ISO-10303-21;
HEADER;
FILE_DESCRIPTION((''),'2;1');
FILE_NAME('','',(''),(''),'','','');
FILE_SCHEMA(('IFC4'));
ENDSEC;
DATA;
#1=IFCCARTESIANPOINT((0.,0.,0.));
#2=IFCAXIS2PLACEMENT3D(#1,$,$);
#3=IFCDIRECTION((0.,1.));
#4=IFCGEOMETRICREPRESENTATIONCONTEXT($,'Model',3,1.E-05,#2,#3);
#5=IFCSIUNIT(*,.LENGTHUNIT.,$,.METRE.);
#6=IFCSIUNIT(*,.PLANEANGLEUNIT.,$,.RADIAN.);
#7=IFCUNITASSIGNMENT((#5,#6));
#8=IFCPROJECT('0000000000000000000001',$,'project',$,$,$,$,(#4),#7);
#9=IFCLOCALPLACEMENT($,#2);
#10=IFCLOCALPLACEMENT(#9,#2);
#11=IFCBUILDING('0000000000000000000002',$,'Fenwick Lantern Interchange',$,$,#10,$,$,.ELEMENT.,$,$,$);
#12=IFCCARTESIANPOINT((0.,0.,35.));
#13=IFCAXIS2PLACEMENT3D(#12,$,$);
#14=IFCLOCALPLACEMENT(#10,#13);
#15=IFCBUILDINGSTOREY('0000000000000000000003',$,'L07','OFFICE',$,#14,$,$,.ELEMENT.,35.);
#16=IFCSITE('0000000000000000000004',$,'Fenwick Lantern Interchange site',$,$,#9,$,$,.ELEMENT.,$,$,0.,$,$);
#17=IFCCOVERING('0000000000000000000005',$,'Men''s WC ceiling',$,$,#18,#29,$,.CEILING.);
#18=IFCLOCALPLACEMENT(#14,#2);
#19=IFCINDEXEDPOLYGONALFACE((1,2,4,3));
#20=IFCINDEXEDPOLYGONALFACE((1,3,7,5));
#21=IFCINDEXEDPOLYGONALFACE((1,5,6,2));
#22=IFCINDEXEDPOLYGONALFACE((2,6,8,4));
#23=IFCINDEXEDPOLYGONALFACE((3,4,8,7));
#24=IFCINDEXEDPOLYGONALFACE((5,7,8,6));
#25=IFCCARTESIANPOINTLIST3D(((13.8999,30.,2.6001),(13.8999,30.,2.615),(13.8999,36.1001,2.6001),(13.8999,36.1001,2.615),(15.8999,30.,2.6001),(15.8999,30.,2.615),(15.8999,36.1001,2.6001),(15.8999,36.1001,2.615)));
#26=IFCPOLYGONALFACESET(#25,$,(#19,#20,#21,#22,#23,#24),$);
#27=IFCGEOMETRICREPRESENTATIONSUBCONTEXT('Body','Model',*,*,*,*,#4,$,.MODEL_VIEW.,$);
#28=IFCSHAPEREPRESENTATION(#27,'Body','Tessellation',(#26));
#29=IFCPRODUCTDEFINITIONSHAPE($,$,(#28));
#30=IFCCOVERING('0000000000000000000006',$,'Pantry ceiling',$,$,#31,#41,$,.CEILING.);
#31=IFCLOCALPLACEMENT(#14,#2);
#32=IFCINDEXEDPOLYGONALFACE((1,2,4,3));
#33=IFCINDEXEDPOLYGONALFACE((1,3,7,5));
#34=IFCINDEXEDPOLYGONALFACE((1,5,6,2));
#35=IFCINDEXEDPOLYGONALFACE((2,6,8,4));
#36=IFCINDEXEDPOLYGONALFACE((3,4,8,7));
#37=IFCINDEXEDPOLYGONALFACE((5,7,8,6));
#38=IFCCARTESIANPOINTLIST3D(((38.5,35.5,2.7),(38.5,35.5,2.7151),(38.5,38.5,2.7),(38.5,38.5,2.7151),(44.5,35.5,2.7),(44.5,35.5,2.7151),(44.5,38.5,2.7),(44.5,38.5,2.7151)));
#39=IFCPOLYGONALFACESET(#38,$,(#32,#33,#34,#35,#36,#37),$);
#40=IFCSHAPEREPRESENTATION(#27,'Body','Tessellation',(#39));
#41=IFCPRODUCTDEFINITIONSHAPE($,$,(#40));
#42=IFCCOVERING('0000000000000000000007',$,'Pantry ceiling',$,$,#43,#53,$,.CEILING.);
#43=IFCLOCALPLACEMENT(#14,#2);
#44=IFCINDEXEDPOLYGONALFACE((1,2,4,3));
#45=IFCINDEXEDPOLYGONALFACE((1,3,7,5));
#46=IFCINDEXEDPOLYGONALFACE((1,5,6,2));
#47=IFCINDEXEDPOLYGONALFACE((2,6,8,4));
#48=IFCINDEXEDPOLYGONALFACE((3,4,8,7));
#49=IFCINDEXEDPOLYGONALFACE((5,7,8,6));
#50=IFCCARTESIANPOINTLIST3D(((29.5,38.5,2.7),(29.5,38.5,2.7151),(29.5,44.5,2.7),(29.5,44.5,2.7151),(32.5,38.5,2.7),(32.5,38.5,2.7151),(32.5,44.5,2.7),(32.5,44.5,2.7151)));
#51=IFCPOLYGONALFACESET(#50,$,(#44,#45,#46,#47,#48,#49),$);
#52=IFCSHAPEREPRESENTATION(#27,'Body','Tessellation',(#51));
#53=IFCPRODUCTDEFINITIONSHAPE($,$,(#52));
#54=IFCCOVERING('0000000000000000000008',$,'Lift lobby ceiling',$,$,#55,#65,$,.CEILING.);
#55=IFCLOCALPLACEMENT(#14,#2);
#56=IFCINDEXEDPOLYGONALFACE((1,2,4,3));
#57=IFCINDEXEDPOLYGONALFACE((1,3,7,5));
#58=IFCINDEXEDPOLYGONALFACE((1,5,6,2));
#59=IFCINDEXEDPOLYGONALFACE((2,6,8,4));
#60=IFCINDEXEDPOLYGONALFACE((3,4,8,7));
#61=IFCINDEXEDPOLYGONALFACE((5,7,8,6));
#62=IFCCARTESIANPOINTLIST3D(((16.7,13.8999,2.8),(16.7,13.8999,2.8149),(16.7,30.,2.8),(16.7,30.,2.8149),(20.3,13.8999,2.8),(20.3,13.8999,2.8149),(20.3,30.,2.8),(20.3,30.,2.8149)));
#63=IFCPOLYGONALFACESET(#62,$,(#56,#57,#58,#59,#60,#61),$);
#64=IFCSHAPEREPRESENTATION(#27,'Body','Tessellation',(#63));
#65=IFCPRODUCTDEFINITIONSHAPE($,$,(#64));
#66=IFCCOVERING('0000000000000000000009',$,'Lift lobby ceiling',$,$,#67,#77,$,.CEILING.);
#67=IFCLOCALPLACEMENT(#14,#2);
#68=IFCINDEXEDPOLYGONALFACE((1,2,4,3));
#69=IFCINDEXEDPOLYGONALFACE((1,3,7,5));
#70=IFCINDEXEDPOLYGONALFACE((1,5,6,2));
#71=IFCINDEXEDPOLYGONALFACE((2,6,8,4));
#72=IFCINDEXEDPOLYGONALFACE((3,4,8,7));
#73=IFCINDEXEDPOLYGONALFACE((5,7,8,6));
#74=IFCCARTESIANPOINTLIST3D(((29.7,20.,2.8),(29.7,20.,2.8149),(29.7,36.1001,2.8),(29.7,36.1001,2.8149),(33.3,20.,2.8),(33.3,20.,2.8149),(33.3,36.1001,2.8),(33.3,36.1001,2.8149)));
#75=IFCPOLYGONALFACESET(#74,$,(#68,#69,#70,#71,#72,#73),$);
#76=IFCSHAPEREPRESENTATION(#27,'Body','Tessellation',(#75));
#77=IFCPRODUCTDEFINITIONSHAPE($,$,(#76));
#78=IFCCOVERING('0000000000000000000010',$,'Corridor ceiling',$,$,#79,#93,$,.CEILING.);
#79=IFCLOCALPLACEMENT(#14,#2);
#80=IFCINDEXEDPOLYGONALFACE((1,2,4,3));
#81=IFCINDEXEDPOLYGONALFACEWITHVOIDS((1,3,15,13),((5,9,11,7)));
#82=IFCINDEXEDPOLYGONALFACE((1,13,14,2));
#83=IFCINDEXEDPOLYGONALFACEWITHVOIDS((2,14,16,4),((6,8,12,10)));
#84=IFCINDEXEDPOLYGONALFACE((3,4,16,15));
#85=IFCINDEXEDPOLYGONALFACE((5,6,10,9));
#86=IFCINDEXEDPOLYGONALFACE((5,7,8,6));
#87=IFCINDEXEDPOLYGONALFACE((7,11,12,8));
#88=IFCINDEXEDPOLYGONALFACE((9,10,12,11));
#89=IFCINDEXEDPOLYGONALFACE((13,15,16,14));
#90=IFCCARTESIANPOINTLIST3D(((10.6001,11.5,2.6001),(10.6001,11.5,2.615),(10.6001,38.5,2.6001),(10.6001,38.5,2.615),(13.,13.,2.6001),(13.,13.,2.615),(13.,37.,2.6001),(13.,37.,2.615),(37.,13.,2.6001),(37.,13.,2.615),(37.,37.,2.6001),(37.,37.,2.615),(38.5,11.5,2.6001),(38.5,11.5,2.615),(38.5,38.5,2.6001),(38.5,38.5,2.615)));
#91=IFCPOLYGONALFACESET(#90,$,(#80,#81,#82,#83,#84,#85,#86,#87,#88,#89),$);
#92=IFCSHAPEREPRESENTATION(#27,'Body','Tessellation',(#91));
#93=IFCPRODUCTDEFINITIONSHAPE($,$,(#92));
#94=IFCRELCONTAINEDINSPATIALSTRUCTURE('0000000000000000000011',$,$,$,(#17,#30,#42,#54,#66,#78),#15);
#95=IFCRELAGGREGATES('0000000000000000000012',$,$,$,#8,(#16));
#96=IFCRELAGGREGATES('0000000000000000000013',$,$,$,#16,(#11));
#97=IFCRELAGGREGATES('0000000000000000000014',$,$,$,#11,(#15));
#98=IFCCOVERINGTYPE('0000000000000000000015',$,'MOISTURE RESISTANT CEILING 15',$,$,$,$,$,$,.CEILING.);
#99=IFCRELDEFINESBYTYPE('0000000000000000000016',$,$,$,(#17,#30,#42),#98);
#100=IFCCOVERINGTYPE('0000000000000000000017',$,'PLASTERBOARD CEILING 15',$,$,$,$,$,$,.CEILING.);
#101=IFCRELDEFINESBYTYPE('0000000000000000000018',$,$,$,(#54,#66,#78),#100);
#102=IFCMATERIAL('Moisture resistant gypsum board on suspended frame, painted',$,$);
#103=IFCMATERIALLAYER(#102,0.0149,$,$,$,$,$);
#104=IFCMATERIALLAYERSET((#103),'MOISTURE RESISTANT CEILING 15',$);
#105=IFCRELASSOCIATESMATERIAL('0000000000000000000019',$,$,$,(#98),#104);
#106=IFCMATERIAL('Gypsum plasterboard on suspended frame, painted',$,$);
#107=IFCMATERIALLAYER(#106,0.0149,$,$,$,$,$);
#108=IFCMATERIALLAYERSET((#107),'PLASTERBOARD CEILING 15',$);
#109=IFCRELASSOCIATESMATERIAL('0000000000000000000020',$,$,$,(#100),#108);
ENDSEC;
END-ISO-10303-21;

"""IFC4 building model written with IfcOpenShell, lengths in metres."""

from ifc_helpers import new_model, si_unit, direction, frame, origin, place, context, subcontext, project, spatial, polyline, outline, extrude, material, layer, layer_set, type_object, element, save


model = new_model("IFC4")

# Units and contexts
model_context = context("Model", 3, precision=1e-05, world=origin(), true_north=direction((0.0, 1.0)))
body_context = subcontext(model_context, "Body", "Model", "MODEL_VIEW")
ifc_project = project(units=[si_unit("LENGTHUNIT", "METRE"), si_unit("PLANEANGLEUNIT", "RADIAN")], contexts=[model_context])

# Site, building, storey
site_placement = place(None, origin())
site = spatial("IfcSite", under=ifc_project, at=site_placement, Name="Fenwick Lantern Interchange site", CompositionType="ELEMENT", RefElevation=0.0)
building_placement = place(site_placement, origin())
building = spatial("IfcBuilding", under=site, at=building_placement, Name="Fenwick Lantern Interchange", CompositionType="ELEMENT")
storey_placement = place(building_placement, frame((0.0, 0.0, 35.0)))
storey = spatial("IfcBuildingStorey", under=building, at=storey_placement, Name="L07", Description="OFFICE", CompositionType="ELEMENT", Elevation=35.0)

# Coverings
ifc_material_1 = material(Name="Moisture resistant gypsum board on suspended frame, painted")
ifc_layer_1 = layer(ifc_material_1, 0.0149)
ifc_layer_set_1 = layer_set([ifc_layer_1], Name="MOISTURE RESISTANT CEILING 15")
covering_type_1 = type_object("IfcCoveringType", Name="MOISTURE RESISTANT CEILING 15", PredefinedType="CEILING", material=ifc_layer_set_1)
covering_1_placement = place(storey_placement, frame((0.0, 0.0, 2.6001)))
element("IfcCovering", 1, at=covering_1_placement, inside=storey, type_object=covering_type_1, Name="Men's WC ceiling", PredefinedType="CEILING", context=body_context, shape_type="SweptSolid", body=[
    extrude(outline(polyline([(15.8999, 36.1001), (13.8999, 36.1001), (13.8999, 30.0), (15.8999, 30.0), (15.8999, 36.1001)])), origin(), (0.0, 0.0, 1.0), 0.0149),
])
covering_2_placement = place(storey_placement, frame((0.0, 0.0, 2.7)))
element("IfcCovering", 2, at=covering_2_placement, inside=storey, type_object=covering_type_1, Name="Pantry ceiling", PredefinedType="CEILING", context=body_context, shape_type="SweptSolid", body=[
    extrude(outline(polyline([(44.5, 35.5), (44.5, 38.5), (38.5, 38.5), (38.5, 35.5), (44.5, 35.5)])), origin(), (0.0, 0.0, 1.0), 0.0151),
])
covering_3_placement = place(storey_placement, frame((0.0, 0.0, 2.7)))
element("IfcCovering", 3, at=covering_3_placement, inside=storey, type_object=covering_type_1, Name="Pantry ceiling", PredefinedType="CEILING", context=body_context, shape_type="SweptSolid", body=[
    extrude(outline(polyline([(32.5, 44.5), (29.5, 44.5), (29.5, 38.5), (32.5, 38.5), (32.5, 44.5)])), origin(), (0.0, 0.0, 1.0), 0.0151),
])
ifc_material_2 = material(Name="Gypsum plasterboard on suspended frame, painted")
ifc_layer_2 = layer(ifc_material_2, 0.0149)
ifc_layer_set_2 = layer_set([ifc_layer_2], Name="PLASTERBOARD CEILING 15")
covering_type_2 = type_object("IfcCoveringType", Name="PLASTERBOARD CEILING 15", PredefinedType="CEILING", material=ifc_layer_set_2)
covering_4_placement = place(storey_placement, frame((0.0, 0.0, 2.8)))
element("IfcCovering", 4, at=covering_4_placement, inside=storey, type_object=covering_type_2, Name="Lift lobby ceiling", PredefinedType="CEILING", context=body_context, shape_type="SweptSolid", body=[
    extrude(outline(polyline([(16.7, 13.8999), (20.3, 13.8999), (20.3, 30.0), (16.7, 30.0), (16.7, 13.8999)])), origin(), (0.0, 0.0, 1.0), 0.0149),
])
covering_5_placement = place(storey_placement, frame((0.0, 0.0, 2.8)))
element("IfcCovering", 5, at=covering_5_placement, inside=storey, type_object=covering_type_2, Name="Lift lobby ceiling", PredefinedType="CEILING", context=body_context, shape_type="SweptSolid", body=[
    extrude(outline(polyline([(33.3, 36.1001), (29.7, 36.1001), (29.7, 20.0), (33.3, 20.0), (33.3, 36.1001)])), origin(), (0.0, 0.0, 1.0), 0.0149),
])
covering_6_placement = place(storey_placement, frame((0.0, 0.0, 2.6001)))
element("IfcCovering", 6, at=covering_6_placement, inside=storey, type_object=covering_type_2, Name="Corridor ceiling", PredefinedType="CEILING", context=body_context, shape_type="SweptSolid", body=[
    extrude(outline(polyline([(10.6001, 11.5), (38.5, 11.5), (38.5, 38.5), (10.6001, 38.5), (10.6001, 11.5)]), holes=[polyline([(37.0, 37.0), (37.0, 13.0), (13.0, 13.0), (13.0, 37.0), (37.0, 37.0)])]), origin(), (0.0, 0.0, 1.0), 0.0149),
])

save(model, "model.ifc")
